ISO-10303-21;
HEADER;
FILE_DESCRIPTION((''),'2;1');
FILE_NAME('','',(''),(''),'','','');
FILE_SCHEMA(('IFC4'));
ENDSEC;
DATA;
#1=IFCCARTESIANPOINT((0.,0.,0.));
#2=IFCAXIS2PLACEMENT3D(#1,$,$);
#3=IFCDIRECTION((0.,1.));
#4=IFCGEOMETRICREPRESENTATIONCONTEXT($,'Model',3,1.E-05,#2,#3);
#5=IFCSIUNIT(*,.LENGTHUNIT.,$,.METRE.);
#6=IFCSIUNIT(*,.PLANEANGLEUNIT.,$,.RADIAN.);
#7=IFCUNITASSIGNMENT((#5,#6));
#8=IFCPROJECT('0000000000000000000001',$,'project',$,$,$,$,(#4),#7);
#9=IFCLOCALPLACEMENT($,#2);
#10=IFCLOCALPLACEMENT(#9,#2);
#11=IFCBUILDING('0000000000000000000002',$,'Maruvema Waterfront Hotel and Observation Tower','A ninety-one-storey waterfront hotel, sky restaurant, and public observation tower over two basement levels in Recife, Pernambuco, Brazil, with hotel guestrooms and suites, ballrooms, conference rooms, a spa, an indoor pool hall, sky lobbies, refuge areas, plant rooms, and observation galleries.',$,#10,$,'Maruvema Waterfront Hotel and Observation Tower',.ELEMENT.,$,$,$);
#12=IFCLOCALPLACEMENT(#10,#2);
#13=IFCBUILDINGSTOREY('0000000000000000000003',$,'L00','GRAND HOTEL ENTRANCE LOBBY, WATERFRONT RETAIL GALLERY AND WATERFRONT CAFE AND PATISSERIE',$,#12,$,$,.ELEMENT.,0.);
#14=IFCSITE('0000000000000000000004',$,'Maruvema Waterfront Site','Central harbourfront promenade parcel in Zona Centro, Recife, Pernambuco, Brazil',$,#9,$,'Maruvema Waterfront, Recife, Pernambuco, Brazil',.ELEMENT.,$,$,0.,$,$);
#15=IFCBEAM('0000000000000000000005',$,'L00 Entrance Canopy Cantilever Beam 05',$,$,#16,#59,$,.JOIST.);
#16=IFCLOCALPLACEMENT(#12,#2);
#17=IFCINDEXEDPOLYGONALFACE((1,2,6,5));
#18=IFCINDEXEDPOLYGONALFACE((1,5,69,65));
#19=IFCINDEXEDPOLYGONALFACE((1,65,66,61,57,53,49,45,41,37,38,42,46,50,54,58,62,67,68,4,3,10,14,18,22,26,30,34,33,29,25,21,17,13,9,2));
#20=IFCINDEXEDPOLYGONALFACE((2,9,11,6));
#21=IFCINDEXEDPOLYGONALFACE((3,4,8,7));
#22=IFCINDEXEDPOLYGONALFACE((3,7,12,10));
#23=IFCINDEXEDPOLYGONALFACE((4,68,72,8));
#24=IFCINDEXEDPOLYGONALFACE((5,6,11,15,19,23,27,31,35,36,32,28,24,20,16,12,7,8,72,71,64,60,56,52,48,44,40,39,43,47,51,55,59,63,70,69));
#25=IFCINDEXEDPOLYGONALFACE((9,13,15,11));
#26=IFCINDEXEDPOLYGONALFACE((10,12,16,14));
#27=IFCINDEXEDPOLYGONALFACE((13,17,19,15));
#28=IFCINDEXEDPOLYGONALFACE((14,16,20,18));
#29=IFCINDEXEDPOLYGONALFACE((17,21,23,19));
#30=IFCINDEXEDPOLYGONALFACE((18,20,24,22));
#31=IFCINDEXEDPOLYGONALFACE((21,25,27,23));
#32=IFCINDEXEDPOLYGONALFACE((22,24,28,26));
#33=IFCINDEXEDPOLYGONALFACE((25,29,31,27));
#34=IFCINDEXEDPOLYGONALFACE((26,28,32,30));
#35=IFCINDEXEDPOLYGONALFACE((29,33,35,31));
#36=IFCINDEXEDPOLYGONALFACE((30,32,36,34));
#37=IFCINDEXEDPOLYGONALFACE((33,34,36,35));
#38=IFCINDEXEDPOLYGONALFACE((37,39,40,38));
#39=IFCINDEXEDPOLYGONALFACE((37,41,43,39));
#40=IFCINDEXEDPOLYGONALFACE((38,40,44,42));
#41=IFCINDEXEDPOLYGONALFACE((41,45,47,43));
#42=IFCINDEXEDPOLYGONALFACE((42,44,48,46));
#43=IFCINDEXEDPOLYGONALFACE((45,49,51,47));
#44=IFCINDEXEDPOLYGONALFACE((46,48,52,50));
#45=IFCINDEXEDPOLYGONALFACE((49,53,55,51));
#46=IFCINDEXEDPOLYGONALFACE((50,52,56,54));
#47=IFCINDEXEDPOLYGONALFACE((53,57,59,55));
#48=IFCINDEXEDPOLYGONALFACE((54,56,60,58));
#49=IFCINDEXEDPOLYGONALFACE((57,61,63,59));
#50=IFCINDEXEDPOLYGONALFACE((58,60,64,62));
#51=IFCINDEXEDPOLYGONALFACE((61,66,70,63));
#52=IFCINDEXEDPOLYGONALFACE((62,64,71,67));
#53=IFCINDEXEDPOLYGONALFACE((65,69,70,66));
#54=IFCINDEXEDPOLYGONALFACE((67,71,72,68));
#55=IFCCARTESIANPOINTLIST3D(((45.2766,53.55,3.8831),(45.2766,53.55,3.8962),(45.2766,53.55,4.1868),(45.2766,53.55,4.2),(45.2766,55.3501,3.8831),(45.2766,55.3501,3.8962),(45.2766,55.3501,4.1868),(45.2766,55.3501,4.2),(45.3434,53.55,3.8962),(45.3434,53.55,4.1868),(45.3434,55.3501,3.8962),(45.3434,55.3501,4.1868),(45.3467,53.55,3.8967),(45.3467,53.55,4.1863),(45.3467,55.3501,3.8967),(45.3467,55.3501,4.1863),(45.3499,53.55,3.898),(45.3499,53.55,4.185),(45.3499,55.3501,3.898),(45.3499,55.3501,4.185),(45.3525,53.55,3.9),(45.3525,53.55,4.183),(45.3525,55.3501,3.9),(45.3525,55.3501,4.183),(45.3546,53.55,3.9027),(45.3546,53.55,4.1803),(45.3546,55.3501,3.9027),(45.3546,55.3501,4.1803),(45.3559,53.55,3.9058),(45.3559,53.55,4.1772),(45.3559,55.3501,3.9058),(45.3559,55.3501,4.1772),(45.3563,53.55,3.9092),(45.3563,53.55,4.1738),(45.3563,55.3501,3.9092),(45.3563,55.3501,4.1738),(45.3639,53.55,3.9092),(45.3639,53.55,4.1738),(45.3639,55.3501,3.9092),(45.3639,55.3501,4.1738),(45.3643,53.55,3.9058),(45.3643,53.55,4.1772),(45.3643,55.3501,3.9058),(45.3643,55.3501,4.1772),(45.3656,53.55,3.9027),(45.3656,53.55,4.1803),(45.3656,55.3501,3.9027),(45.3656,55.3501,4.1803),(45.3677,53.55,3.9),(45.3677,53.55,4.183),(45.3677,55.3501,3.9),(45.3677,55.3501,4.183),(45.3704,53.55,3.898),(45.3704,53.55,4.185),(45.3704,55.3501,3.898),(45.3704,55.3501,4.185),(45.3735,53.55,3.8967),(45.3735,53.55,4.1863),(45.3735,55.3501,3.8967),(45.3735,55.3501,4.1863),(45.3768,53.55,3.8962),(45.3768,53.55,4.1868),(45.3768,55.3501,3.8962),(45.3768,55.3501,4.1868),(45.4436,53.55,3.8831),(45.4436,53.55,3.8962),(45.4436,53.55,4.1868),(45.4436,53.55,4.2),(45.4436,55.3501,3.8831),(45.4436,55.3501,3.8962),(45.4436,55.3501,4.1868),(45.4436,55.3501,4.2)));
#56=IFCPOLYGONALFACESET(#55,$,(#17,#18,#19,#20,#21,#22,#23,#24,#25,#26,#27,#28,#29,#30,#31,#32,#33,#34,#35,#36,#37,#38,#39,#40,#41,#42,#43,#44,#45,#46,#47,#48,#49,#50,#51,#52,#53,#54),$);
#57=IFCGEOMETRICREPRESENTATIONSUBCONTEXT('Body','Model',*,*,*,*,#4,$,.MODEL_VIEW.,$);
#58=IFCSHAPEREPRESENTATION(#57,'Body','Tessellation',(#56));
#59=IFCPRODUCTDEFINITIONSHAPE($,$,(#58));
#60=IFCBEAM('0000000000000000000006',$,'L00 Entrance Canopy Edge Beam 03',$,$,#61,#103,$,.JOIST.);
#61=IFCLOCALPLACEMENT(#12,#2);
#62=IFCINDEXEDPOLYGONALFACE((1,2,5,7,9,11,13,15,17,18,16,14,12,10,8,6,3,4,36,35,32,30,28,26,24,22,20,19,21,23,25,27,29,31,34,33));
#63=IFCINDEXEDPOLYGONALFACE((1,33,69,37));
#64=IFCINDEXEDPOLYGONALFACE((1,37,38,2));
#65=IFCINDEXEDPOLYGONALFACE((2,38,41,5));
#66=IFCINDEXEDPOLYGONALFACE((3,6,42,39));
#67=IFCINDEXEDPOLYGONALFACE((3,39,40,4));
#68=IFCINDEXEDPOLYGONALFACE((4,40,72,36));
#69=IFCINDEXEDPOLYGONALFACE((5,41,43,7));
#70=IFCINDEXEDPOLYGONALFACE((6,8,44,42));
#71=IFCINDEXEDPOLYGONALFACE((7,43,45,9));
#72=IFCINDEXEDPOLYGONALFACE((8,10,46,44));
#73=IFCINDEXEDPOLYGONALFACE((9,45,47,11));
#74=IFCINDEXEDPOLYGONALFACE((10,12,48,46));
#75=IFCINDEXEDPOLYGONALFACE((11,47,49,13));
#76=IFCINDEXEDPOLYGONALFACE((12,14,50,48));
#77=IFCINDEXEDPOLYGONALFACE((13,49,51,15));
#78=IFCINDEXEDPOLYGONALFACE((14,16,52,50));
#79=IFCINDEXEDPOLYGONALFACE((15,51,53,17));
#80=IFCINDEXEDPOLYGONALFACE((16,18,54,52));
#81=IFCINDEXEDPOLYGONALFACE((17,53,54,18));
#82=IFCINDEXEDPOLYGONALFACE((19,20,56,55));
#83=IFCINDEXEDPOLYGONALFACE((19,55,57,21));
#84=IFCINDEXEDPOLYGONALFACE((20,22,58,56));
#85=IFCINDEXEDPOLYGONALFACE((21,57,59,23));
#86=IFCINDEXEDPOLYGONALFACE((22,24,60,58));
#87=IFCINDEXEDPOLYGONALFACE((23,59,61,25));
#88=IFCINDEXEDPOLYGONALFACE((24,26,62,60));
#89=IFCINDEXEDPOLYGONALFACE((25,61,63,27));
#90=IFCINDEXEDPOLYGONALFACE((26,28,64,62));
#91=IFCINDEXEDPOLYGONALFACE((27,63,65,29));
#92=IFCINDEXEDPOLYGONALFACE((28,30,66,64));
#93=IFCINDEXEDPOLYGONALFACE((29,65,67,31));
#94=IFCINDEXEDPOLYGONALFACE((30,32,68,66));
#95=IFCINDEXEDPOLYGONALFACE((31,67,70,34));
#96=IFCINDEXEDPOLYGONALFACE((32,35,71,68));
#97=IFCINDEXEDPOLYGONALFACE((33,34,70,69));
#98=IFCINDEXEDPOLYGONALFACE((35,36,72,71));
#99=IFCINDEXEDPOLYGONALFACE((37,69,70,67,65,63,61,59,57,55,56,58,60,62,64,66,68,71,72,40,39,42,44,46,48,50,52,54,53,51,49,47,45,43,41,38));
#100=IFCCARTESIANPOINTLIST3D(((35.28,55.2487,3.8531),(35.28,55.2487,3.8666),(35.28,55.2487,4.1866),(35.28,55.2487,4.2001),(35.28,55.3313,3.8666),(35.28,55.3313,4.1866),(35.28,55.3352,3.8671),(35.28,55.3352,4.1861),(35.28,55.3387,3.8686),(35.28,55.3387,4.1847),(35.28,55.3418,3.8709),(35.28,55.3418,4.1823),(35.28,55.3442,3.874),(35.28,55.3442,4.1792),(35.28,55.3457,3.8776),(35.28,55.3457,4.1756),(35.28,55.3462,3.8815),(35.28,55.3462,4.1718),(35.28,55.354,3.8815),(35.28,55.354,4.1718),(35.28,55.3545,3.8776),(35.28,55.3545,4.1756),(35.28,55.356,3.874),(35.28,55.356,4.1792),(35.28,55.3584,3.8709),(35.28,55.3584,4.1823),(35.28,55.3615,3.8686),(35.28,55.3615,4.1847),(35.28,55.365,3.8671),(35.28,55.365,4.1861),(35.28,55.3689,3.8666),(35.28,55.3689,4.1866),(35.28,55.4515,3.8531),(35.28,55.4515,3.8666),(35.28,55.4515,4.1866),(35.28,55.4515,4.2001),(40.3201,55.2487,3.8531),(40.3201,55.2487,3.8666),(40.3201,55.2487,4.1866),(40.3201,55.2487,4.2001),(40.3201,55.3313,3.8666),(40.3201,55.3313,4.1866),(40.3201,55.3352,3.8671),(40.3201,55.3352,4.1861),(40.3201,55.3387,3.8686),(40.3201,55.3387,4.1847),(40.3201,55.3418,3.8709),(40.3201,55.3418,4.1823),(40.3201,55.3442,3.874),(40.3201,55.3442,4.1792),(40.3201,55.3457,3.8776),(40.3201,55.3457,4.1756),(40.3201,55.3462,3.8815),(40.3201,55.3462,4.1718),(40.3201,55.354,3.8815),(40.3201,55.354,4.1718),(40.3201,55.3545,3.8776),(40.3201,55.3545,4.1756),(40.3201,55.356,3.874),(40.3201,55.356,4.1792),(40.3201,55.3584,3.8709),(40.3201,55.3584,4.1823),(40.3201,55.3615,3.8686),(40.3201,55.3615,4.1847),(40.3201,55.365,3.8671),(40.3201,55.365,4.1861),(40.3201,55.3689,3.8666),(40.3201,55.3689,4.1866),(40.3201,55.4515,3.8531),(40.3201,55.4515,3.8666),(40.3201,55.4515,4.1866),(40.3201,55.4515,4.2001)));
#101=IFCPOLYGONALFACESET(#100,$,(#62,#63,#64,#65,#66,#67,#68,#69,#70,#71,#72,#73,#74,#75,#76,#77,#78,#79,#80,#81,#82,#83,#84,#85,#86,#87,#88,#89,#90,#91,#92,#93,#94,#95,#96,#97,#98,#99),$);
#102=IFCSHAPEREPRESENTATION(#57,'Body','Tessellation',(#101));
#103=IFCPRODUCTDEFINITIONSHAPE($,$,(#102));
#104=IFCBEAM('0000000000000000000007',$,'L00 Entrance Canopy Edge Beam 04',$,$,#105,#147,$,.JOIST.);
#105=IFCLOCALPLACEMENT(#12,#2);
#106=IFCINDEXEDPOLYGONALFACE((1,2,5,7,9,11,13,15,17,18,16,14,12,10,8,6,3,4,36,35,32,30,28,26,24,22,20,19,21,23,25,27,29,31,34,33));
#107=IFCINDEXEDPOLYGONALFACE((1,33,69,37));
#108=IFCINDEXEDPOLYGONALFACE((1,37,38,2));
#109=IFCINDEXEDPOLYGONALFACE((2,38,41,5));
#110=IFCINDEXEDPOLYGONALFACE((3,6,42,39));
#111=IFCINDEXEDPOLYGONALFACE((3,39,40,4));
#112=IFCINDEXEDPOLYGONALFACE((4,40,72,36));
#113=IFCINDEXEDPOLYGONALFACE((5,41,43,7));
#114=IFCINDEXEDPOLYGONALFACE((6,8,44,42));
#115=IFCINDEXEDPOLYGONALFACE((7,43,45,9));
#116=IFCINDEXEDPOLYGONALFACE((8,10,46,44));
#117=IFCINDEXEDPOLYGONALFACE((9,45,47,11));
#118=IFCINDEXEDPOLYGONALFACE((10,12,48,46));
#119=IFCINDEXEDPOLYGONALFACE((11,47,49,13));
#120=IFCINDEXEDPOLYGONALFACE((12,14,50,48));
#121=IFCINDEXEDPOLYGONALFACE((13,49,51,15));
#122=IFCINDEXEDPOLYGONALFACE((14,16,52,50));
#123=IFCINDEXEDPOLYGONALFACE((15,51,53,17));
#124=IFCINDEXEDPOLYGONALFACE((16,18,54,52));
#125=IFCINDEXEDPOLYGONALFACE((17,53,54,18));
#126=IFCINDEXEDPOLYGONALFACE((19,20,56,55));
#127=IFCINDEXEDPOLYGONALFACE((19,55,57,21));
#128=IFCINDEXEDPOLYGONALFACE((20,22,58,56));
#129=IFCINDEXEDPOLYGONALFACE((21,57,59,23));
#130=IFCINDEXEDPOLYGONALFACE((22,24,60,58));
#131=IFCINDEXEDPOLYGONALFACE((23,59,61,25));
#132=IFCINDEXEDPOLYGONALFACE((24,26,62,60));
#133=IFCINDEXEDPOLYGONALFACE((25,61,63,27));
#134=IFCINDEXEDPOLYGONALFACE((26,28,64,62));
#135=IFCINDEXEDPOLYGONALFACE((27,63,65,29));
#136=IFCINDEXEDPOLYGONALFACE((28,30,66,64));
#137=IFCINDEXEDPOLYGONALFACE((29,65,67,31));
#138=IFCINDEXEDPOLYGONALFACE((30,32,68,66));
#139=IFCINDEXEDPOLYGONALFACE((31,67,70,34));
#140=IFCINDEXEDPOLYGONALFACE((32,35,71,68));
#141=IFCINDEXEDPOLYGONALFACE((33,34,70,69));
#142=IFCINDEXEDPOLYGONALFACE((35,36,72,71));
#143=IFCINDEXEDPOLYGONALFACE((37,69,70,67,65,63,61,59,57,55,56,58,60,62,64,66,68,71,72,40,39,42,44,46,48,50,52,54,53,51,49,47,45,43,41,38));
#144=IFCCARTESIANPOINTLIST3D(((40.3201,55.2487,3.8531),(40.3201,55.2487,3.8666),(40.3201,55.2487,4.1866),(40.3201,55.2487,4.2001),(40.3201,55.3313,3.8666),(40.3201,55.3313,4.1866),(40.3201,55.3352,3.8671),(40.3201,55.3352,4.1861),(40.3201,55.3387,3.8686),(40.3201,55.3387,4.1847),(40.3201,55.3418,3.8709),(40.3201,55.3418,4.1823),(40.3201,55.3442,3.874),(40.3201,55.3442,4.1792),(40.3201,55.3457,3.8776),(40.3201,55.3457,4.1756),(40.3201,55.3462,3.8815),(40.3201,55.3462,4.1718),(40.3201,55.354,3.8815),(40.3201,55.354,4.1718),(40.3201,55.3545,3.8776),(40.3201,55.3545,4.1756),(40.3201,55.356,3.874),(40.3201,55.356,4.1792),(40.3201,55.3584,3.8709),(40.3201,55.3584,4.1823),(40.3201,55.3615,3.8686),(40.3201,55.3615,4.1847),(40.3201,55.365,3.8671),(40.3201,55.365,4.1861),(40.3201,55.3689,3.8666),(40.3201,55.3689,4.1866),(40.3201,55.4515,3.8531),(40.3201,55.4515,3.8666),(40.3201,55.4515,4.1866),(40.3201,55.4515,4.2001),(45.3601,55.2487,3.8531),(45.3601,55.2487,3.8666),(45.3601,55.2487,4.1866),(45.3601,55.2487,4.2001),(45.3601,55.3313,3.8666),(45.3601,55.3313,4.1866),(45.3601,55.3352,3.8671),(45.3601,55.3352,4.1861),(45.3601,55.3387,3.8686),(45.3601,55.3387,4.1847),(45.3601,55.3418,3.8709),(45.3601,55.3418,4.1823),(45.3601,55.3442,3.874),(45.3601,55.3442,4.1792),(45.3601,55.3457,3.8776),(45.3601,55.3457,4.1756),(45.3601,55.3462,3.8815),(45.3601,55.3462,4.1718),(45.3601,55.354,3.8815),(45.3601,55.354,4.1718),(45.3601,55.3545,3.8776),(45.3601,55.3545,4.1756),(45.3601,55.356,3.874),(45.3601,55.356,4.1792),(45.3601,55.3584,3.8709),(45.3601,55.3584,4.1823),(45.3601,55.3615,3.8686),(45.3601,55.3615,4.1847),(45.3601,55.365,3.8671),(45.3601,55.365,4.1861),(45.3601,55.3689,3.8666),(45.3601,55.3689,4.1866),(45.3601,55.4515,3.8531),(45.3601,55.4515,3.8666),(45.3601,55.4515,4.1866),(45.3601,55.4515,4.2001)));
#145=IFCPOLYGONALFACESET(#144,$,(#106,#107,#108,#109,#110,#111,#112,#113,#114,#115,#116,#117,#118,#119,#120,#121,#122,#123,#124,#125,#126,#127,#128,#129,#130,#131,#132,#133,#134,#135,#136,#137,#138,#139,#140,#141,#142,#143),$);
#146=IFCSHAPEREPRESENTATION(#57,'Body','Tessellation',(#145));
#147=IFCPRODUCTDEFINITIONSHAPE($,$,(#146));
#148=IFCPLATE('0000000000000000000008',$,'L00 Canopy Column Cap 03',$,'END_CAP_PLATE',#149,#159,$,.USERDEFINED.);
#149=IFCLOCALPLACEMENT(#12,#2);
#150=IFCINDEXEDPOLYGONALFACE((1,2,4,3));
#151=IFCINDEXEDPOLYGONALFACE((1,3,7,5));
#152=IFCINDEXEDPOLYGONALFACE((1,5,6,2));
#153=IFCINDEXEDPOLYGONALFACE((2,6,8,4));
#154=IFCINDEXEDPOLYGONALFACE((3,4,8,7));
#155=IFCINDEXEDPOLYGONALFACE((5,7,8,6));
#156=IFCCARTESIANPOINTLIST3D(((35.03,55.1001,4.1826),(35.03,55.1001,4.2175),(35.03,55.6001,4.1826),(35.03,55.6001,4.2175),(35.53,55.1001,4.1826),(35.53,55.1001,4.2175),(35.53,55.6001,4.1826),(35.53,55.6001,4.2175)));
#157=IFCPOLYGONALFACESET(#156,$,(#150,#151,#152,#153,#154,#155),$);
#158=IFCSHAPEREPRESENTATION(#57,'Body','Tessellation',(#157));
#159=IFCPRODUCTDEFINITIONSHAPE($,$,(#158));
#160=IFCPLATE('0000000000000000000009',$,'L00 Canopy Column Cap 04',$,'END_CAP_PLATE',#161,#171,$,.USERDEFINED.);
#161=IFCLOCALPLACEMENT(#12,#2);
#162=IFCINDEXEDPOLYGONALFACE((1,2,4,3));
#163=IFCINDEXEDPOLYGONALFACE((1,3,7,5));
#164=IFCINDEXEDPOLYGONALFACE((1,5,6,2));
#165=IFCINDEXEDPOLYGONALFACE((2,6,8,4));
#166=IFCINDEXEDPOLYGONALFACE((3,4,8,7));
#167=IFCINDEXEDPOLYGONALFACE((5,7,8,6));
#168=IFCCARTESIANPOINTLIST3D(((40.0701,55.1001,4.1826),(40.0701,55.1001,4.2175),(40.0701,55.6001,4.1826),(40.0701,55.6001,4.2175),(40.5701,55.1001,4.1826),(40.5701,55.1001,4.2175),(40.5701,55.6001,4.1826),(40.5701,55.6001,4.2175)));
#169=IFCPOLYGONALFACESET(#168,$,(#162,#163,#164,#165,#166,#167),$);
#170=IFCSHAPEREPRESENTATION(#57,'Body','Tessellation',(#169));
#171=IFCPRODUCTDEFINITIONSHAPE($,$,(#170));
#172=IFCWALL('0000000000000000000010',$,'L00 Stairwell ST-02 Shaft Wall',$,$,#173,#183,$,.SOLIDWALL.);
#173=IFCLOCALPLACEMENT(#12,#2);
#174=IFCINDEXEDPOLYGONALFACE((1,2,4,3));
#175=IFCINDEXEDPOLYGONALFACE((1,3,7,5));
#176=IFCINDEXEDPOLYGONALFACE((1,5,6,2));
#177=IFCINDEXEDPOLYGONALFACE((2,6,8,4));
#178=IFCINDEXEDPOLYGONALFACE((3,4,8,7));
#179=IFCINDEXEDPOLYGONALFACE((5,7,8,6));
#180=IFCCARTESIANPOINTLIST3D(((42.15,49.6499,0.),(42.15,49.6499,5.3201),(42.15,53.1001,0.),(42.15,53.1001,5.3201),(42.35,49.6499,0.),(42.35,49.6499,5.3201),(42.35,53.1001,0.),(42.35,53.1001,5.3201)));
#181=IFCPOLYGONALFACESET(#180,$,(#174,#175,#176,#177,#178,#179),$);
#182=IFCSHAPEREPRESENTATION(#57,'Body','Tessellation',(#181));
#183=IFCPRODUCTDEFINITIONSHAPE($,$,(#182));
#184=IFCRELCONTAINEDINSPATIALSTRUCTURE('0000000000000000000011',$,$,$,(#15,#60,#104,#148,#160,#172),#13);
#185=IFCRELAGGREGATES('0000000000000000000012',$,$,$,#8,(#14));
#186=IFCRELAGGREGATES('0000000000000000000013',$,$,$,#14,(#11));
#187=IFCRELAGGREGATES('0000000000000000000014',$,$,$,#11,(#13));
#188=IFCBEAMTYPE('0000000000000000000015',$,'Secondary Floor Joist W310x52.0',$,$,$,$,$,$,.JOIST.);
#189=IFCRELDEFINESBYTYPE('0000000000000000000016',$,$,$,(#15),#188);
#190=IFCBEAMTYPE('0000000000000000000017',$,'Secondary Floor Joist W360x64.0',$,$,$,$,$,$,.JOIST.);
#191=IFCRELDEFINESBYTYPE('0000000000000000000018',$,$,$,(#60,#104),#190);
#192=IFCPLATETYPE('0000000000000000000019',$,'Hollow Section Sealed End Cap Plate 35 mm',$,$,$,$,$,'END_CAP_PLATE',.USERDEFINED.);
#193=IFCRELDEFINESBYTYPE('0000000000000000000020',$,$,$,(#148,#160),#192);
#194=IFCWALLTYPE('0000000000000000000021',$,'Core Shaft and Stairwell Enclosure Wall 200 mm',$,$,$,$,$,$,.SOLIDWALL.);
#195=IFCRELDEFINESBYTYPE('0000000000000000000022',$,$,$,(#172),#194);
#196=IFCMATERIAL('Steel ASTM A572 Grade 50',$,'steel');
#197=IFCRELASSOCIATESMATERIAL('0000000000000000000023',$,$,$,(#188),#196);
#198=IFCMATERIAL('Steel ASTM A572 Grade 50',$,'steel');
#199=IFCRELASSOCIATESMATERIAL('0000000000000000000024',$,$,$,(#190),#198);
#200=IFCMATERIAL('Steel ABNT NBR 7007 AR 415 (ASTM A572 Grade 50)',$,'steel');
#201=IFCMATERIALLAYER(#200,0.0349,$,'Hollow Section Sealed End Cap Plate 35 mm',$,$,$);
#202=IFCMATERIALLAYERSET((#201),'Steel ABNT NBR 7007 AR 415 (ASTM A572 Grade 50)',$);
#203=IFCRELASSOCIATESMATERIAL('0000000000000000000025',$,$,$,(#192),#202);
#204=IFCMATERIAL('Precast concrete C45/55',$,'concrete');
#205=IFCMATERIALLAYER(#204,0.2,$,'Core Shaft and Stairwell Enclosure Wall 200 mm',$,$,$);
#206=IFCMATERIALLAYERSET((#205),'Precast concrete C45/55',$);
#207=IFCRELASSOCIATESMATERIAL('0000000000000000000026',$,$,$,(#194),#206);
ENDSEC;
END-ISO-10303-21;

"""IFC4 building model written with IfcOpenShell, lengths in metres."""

from ifc_helpers import new_model, si_unit, direction, frame, frame_2d, origin, origin_2d, place, context, subcontext, project, spatial, rectangle, i_section, extrude, material, layer, layer_set, material_profile, profile_set, type_object, element, save


model = new_model("IFC4")

# Units and contexts
model_context = context("Model", 3, precision=1e-05, world=origin(), true_north=direction((0.0, 1.0)))
body_context = subcontext(model_context, "Body", "Model", "MODEL_VIEW")
ifc_project = project(units=[si_unit("LENGTHUNIT", "METRE"), si_unit("PLANEANGLEUNIT", "RADIAN")], contexts=[model_context])

# Site, building, storey
site_placement = place(None, origin())
site = spatial("IfcSite", under=ifc_project, at=site_placement, Name="Maruvema Waterfront Site", Description="Central harbourfront promenade parcel in Zona Centro, Recife, Pernambuco, Brazil", LongName="Maruvema Waterfront, Recife, Pernambuco, Brazil", CompositionType="ELEMENT", RefElevation=0.0)
building_placement = place(site_placement, origin())
building = spatial("IfcBuilding", under=site, at=building_placement, Name="Maruvema Waterfront Hotel and Observation Tower", Description="A ninety-one-storey waterfront hotel, sky restaurant, and public observation tower over two basement levels in Recife, Pernambuco, Brazil, with hotel guestrooms and suites, ballrooms, conference rooms, a spa, an indoor pool hall, sky lobbies, refuge areas, plant rooms, and observation galleries.", LongName="Maruvema Waterfront Hotel and Observation Tower", CompositionType="ELEMENT")
storey_placement = place(building_placement, origin())
storey = spatial("IfcBuildingStorey", under=building, at=storey_placement, Name="L00", Description="GRAND HOTEL ENTRANCE LOBBY, WATERFRONT RETAIL GALLERY AND WATERFRONT CAFE AND PATISSERIE", CompositionType="ELEMENT", Elevation=0.0)

# Beams
ifc_material_1 = material(Name="Steel ASTM A572 Grade 50", Category="steel")
ifc_material_profile_1 = material_profile(ifc_material_1, i_section(OverallWidth=0.167, OverallDepth=0.3169, WebThickness=0.0076, FlangeThickness=0.0132, FilletRadius=0.0129, at=origin_2d()), Name="W310x52.0")
ifc_profile_set_1 = profile_set([ifc_material_profile_1], Name="Steel ASTM A572 Grade 50")
beam_type_1 = type_object("IfcBeamType", Name="Secondary Floor Joist W310x52.0", PredefinedType="JOIST", material=ifc_profile_set_1)
for number, where, z_axis, x_axis, name in (
    (1, (45.3601, 53.55, 4.0415), (0.0, 1.0, 0.0), (-1.0, 0.0, 0.0), "L00 Entrance Canopy Cantilever Beam 05"),
):
    element("IfcBeam", number, at=place(storey_placement, frame(where, z_axis=z_axis, x_axis=x_axis)), inside=storey, type_object=beam_type_1, Name=name, PredefinedType="JOIST", context=body_context, shape_type="SweptSolid", body=[
        extrude(i_section(OverallWidth=0.167, OverallDepth=0.3169, WebThickness=0.0076, FlangeThickness=0.0132, FilletRadius=0.0129, at=origin_2d()), origin(), (0.0, 0.0, 1.0), 1.8),
    ])
ifc_material_2 = material(Name="Steel ASTM A572 Grade 50", Category="steel")
ifc_material_profile_2 = material_profile(ifc_material_2, i_section(OverallWidth=0.2029, OverallDepth=0.3469, WebThickness=0.0078, FlangeThickness=0.0134, FilletRadius=0.0149, at=origin_2d()), Name="W360x64.0")
ifc_profile_set_2 = profile_set([ifc_material_profile_2], Name="Steel ASTM A572 Grade 50")
beam_type_2 = type_object("IfcBeamType", Name="Secondary Floor Joist W360x64.0", PredefinedType="JOIST", material=ifc_profile_set_2)
for number, where, z_axis, x_axis, name in (
    (2, (35.28, 55.3501, 4.0266), (1.0, 0.0, 0.0), (0.0, 1.0, 0.0), "L00 Entrance Canopy Edge Beam 03"),
    (3, (40.3201, 55.3501, 4.0266), (1.0, 0.0, 0.0), (0.0, 1.0, 0.0), "L00 Entrance Canopy Edge Beam 04"),
):
    element("IfcBeam", number, at=place(storey_placement, frame(where, z_axis=z_axis, x_axis=x_axis)), inside=storey, type_object=beam_type_2, Name=name, PredefinedType="JOIST", context=body_context, shape_type="SweptSolid", body=[
        extrude(i_section(OverallWidth=0.2029, OverallDepth=0.3469, WebThickness=0.0078, FlangeThickness=0.0134, FilletRadius=0.0149, at=origin_2d()), origin(), (0.0, 0.0, 1.0), 5.04),
    ])

# Plates
ifc_material_3 = material(Name="Steel ABNT NBR 7007 AR 415 (ASTM A572 Grade 50)", Category="steel")
ifc_layer_1 = layer(ifc_material_3, 0.0349, Name="Hollow Section Sealed End Cap Plate 35 mm")
ifc_layer_set_1 = layer_set([ifc_layer_1], Name="Steel ABNT NBR 7007 AR 415 (ASTM A572 Grade 50)")
plate_type = type_object("IfcPlateType", Name="Hollow Section Sealed End Cap Plate 35 mm", ElementType="END_CAP_PLATE", PredefinedType="USERDEFINED", material=ifc_layer_set_1)
for number, where, z_axis, x_axis, name in (
    (4, (35.28, 55.3501, 4.1826), (0.0, 0.0, 1.0), (1.0, 0.0, 0.0), "L00 Canopy Column Cap 03"),
    (5, (40.3201, 55.3501, 4.1826), (0.0, 0.0, 1.0), (1.0, 0.0, 0.0), "L00 Canopy Column Cap 04"),
):
    element("IfcPlate", number, at=place(storey_placement, frame(where, z_axis=z_axis, x_axis=x_axis)), inside=storey, type_object=plate_type, Name=name, ObjectType="END_CAP_PLATE", PredefinedType="USERDEFINED", context=body_context, shape_type="SweptSolid", body=[
        extrude(rectangle(XDim=0.5, YDim=0.5, at=origin_2d()), origin(), (0.0, 0.0, 1.0), 0.0349),
    ])

# Wall
ifc_material_4 = material(Name="Precast concrete C45/55", Category="concrete")
ifc_layer_2 = layer(ifc_material_4, 0.2, Name="Core Shaft and Stairwell Enclosure Wall 200 mm")
ifc_layer_set_2 = layer_set([ifc_layer_2], Name="Precast concrete C45/55")
wall_type_1 = type_object("IfcWallType", Name="Core Shaft and Stairwell Enclosure Wall 200 mm", PredefinedType="SOLIDWALL", material=ifc_layer_set_2)
wall_1_placement = place(storey_placement, frame((42.25, 49.6499, 0.0), z_axis=(0.0, 0.0, 1.0), x_axis=(0.0, 1.0, 0.0)))
element("IfcWall", 6, at=wall_1_placement, inside=storey, type_object=wall_type_1, Name="L00 Stairwell ST-02 Shaft Wall", PredefinedType="SOLIDWALL", context=body_context, shape_type="SweptSolid", body=[
    extrude(rectangle(XDim=3.4502, YDim=0.2, at=frame_2d((1.7251, 0.0))), origin(), (0.0, 0.0, 1.0), 5.3201),
])

save(model, "model.ifc")
